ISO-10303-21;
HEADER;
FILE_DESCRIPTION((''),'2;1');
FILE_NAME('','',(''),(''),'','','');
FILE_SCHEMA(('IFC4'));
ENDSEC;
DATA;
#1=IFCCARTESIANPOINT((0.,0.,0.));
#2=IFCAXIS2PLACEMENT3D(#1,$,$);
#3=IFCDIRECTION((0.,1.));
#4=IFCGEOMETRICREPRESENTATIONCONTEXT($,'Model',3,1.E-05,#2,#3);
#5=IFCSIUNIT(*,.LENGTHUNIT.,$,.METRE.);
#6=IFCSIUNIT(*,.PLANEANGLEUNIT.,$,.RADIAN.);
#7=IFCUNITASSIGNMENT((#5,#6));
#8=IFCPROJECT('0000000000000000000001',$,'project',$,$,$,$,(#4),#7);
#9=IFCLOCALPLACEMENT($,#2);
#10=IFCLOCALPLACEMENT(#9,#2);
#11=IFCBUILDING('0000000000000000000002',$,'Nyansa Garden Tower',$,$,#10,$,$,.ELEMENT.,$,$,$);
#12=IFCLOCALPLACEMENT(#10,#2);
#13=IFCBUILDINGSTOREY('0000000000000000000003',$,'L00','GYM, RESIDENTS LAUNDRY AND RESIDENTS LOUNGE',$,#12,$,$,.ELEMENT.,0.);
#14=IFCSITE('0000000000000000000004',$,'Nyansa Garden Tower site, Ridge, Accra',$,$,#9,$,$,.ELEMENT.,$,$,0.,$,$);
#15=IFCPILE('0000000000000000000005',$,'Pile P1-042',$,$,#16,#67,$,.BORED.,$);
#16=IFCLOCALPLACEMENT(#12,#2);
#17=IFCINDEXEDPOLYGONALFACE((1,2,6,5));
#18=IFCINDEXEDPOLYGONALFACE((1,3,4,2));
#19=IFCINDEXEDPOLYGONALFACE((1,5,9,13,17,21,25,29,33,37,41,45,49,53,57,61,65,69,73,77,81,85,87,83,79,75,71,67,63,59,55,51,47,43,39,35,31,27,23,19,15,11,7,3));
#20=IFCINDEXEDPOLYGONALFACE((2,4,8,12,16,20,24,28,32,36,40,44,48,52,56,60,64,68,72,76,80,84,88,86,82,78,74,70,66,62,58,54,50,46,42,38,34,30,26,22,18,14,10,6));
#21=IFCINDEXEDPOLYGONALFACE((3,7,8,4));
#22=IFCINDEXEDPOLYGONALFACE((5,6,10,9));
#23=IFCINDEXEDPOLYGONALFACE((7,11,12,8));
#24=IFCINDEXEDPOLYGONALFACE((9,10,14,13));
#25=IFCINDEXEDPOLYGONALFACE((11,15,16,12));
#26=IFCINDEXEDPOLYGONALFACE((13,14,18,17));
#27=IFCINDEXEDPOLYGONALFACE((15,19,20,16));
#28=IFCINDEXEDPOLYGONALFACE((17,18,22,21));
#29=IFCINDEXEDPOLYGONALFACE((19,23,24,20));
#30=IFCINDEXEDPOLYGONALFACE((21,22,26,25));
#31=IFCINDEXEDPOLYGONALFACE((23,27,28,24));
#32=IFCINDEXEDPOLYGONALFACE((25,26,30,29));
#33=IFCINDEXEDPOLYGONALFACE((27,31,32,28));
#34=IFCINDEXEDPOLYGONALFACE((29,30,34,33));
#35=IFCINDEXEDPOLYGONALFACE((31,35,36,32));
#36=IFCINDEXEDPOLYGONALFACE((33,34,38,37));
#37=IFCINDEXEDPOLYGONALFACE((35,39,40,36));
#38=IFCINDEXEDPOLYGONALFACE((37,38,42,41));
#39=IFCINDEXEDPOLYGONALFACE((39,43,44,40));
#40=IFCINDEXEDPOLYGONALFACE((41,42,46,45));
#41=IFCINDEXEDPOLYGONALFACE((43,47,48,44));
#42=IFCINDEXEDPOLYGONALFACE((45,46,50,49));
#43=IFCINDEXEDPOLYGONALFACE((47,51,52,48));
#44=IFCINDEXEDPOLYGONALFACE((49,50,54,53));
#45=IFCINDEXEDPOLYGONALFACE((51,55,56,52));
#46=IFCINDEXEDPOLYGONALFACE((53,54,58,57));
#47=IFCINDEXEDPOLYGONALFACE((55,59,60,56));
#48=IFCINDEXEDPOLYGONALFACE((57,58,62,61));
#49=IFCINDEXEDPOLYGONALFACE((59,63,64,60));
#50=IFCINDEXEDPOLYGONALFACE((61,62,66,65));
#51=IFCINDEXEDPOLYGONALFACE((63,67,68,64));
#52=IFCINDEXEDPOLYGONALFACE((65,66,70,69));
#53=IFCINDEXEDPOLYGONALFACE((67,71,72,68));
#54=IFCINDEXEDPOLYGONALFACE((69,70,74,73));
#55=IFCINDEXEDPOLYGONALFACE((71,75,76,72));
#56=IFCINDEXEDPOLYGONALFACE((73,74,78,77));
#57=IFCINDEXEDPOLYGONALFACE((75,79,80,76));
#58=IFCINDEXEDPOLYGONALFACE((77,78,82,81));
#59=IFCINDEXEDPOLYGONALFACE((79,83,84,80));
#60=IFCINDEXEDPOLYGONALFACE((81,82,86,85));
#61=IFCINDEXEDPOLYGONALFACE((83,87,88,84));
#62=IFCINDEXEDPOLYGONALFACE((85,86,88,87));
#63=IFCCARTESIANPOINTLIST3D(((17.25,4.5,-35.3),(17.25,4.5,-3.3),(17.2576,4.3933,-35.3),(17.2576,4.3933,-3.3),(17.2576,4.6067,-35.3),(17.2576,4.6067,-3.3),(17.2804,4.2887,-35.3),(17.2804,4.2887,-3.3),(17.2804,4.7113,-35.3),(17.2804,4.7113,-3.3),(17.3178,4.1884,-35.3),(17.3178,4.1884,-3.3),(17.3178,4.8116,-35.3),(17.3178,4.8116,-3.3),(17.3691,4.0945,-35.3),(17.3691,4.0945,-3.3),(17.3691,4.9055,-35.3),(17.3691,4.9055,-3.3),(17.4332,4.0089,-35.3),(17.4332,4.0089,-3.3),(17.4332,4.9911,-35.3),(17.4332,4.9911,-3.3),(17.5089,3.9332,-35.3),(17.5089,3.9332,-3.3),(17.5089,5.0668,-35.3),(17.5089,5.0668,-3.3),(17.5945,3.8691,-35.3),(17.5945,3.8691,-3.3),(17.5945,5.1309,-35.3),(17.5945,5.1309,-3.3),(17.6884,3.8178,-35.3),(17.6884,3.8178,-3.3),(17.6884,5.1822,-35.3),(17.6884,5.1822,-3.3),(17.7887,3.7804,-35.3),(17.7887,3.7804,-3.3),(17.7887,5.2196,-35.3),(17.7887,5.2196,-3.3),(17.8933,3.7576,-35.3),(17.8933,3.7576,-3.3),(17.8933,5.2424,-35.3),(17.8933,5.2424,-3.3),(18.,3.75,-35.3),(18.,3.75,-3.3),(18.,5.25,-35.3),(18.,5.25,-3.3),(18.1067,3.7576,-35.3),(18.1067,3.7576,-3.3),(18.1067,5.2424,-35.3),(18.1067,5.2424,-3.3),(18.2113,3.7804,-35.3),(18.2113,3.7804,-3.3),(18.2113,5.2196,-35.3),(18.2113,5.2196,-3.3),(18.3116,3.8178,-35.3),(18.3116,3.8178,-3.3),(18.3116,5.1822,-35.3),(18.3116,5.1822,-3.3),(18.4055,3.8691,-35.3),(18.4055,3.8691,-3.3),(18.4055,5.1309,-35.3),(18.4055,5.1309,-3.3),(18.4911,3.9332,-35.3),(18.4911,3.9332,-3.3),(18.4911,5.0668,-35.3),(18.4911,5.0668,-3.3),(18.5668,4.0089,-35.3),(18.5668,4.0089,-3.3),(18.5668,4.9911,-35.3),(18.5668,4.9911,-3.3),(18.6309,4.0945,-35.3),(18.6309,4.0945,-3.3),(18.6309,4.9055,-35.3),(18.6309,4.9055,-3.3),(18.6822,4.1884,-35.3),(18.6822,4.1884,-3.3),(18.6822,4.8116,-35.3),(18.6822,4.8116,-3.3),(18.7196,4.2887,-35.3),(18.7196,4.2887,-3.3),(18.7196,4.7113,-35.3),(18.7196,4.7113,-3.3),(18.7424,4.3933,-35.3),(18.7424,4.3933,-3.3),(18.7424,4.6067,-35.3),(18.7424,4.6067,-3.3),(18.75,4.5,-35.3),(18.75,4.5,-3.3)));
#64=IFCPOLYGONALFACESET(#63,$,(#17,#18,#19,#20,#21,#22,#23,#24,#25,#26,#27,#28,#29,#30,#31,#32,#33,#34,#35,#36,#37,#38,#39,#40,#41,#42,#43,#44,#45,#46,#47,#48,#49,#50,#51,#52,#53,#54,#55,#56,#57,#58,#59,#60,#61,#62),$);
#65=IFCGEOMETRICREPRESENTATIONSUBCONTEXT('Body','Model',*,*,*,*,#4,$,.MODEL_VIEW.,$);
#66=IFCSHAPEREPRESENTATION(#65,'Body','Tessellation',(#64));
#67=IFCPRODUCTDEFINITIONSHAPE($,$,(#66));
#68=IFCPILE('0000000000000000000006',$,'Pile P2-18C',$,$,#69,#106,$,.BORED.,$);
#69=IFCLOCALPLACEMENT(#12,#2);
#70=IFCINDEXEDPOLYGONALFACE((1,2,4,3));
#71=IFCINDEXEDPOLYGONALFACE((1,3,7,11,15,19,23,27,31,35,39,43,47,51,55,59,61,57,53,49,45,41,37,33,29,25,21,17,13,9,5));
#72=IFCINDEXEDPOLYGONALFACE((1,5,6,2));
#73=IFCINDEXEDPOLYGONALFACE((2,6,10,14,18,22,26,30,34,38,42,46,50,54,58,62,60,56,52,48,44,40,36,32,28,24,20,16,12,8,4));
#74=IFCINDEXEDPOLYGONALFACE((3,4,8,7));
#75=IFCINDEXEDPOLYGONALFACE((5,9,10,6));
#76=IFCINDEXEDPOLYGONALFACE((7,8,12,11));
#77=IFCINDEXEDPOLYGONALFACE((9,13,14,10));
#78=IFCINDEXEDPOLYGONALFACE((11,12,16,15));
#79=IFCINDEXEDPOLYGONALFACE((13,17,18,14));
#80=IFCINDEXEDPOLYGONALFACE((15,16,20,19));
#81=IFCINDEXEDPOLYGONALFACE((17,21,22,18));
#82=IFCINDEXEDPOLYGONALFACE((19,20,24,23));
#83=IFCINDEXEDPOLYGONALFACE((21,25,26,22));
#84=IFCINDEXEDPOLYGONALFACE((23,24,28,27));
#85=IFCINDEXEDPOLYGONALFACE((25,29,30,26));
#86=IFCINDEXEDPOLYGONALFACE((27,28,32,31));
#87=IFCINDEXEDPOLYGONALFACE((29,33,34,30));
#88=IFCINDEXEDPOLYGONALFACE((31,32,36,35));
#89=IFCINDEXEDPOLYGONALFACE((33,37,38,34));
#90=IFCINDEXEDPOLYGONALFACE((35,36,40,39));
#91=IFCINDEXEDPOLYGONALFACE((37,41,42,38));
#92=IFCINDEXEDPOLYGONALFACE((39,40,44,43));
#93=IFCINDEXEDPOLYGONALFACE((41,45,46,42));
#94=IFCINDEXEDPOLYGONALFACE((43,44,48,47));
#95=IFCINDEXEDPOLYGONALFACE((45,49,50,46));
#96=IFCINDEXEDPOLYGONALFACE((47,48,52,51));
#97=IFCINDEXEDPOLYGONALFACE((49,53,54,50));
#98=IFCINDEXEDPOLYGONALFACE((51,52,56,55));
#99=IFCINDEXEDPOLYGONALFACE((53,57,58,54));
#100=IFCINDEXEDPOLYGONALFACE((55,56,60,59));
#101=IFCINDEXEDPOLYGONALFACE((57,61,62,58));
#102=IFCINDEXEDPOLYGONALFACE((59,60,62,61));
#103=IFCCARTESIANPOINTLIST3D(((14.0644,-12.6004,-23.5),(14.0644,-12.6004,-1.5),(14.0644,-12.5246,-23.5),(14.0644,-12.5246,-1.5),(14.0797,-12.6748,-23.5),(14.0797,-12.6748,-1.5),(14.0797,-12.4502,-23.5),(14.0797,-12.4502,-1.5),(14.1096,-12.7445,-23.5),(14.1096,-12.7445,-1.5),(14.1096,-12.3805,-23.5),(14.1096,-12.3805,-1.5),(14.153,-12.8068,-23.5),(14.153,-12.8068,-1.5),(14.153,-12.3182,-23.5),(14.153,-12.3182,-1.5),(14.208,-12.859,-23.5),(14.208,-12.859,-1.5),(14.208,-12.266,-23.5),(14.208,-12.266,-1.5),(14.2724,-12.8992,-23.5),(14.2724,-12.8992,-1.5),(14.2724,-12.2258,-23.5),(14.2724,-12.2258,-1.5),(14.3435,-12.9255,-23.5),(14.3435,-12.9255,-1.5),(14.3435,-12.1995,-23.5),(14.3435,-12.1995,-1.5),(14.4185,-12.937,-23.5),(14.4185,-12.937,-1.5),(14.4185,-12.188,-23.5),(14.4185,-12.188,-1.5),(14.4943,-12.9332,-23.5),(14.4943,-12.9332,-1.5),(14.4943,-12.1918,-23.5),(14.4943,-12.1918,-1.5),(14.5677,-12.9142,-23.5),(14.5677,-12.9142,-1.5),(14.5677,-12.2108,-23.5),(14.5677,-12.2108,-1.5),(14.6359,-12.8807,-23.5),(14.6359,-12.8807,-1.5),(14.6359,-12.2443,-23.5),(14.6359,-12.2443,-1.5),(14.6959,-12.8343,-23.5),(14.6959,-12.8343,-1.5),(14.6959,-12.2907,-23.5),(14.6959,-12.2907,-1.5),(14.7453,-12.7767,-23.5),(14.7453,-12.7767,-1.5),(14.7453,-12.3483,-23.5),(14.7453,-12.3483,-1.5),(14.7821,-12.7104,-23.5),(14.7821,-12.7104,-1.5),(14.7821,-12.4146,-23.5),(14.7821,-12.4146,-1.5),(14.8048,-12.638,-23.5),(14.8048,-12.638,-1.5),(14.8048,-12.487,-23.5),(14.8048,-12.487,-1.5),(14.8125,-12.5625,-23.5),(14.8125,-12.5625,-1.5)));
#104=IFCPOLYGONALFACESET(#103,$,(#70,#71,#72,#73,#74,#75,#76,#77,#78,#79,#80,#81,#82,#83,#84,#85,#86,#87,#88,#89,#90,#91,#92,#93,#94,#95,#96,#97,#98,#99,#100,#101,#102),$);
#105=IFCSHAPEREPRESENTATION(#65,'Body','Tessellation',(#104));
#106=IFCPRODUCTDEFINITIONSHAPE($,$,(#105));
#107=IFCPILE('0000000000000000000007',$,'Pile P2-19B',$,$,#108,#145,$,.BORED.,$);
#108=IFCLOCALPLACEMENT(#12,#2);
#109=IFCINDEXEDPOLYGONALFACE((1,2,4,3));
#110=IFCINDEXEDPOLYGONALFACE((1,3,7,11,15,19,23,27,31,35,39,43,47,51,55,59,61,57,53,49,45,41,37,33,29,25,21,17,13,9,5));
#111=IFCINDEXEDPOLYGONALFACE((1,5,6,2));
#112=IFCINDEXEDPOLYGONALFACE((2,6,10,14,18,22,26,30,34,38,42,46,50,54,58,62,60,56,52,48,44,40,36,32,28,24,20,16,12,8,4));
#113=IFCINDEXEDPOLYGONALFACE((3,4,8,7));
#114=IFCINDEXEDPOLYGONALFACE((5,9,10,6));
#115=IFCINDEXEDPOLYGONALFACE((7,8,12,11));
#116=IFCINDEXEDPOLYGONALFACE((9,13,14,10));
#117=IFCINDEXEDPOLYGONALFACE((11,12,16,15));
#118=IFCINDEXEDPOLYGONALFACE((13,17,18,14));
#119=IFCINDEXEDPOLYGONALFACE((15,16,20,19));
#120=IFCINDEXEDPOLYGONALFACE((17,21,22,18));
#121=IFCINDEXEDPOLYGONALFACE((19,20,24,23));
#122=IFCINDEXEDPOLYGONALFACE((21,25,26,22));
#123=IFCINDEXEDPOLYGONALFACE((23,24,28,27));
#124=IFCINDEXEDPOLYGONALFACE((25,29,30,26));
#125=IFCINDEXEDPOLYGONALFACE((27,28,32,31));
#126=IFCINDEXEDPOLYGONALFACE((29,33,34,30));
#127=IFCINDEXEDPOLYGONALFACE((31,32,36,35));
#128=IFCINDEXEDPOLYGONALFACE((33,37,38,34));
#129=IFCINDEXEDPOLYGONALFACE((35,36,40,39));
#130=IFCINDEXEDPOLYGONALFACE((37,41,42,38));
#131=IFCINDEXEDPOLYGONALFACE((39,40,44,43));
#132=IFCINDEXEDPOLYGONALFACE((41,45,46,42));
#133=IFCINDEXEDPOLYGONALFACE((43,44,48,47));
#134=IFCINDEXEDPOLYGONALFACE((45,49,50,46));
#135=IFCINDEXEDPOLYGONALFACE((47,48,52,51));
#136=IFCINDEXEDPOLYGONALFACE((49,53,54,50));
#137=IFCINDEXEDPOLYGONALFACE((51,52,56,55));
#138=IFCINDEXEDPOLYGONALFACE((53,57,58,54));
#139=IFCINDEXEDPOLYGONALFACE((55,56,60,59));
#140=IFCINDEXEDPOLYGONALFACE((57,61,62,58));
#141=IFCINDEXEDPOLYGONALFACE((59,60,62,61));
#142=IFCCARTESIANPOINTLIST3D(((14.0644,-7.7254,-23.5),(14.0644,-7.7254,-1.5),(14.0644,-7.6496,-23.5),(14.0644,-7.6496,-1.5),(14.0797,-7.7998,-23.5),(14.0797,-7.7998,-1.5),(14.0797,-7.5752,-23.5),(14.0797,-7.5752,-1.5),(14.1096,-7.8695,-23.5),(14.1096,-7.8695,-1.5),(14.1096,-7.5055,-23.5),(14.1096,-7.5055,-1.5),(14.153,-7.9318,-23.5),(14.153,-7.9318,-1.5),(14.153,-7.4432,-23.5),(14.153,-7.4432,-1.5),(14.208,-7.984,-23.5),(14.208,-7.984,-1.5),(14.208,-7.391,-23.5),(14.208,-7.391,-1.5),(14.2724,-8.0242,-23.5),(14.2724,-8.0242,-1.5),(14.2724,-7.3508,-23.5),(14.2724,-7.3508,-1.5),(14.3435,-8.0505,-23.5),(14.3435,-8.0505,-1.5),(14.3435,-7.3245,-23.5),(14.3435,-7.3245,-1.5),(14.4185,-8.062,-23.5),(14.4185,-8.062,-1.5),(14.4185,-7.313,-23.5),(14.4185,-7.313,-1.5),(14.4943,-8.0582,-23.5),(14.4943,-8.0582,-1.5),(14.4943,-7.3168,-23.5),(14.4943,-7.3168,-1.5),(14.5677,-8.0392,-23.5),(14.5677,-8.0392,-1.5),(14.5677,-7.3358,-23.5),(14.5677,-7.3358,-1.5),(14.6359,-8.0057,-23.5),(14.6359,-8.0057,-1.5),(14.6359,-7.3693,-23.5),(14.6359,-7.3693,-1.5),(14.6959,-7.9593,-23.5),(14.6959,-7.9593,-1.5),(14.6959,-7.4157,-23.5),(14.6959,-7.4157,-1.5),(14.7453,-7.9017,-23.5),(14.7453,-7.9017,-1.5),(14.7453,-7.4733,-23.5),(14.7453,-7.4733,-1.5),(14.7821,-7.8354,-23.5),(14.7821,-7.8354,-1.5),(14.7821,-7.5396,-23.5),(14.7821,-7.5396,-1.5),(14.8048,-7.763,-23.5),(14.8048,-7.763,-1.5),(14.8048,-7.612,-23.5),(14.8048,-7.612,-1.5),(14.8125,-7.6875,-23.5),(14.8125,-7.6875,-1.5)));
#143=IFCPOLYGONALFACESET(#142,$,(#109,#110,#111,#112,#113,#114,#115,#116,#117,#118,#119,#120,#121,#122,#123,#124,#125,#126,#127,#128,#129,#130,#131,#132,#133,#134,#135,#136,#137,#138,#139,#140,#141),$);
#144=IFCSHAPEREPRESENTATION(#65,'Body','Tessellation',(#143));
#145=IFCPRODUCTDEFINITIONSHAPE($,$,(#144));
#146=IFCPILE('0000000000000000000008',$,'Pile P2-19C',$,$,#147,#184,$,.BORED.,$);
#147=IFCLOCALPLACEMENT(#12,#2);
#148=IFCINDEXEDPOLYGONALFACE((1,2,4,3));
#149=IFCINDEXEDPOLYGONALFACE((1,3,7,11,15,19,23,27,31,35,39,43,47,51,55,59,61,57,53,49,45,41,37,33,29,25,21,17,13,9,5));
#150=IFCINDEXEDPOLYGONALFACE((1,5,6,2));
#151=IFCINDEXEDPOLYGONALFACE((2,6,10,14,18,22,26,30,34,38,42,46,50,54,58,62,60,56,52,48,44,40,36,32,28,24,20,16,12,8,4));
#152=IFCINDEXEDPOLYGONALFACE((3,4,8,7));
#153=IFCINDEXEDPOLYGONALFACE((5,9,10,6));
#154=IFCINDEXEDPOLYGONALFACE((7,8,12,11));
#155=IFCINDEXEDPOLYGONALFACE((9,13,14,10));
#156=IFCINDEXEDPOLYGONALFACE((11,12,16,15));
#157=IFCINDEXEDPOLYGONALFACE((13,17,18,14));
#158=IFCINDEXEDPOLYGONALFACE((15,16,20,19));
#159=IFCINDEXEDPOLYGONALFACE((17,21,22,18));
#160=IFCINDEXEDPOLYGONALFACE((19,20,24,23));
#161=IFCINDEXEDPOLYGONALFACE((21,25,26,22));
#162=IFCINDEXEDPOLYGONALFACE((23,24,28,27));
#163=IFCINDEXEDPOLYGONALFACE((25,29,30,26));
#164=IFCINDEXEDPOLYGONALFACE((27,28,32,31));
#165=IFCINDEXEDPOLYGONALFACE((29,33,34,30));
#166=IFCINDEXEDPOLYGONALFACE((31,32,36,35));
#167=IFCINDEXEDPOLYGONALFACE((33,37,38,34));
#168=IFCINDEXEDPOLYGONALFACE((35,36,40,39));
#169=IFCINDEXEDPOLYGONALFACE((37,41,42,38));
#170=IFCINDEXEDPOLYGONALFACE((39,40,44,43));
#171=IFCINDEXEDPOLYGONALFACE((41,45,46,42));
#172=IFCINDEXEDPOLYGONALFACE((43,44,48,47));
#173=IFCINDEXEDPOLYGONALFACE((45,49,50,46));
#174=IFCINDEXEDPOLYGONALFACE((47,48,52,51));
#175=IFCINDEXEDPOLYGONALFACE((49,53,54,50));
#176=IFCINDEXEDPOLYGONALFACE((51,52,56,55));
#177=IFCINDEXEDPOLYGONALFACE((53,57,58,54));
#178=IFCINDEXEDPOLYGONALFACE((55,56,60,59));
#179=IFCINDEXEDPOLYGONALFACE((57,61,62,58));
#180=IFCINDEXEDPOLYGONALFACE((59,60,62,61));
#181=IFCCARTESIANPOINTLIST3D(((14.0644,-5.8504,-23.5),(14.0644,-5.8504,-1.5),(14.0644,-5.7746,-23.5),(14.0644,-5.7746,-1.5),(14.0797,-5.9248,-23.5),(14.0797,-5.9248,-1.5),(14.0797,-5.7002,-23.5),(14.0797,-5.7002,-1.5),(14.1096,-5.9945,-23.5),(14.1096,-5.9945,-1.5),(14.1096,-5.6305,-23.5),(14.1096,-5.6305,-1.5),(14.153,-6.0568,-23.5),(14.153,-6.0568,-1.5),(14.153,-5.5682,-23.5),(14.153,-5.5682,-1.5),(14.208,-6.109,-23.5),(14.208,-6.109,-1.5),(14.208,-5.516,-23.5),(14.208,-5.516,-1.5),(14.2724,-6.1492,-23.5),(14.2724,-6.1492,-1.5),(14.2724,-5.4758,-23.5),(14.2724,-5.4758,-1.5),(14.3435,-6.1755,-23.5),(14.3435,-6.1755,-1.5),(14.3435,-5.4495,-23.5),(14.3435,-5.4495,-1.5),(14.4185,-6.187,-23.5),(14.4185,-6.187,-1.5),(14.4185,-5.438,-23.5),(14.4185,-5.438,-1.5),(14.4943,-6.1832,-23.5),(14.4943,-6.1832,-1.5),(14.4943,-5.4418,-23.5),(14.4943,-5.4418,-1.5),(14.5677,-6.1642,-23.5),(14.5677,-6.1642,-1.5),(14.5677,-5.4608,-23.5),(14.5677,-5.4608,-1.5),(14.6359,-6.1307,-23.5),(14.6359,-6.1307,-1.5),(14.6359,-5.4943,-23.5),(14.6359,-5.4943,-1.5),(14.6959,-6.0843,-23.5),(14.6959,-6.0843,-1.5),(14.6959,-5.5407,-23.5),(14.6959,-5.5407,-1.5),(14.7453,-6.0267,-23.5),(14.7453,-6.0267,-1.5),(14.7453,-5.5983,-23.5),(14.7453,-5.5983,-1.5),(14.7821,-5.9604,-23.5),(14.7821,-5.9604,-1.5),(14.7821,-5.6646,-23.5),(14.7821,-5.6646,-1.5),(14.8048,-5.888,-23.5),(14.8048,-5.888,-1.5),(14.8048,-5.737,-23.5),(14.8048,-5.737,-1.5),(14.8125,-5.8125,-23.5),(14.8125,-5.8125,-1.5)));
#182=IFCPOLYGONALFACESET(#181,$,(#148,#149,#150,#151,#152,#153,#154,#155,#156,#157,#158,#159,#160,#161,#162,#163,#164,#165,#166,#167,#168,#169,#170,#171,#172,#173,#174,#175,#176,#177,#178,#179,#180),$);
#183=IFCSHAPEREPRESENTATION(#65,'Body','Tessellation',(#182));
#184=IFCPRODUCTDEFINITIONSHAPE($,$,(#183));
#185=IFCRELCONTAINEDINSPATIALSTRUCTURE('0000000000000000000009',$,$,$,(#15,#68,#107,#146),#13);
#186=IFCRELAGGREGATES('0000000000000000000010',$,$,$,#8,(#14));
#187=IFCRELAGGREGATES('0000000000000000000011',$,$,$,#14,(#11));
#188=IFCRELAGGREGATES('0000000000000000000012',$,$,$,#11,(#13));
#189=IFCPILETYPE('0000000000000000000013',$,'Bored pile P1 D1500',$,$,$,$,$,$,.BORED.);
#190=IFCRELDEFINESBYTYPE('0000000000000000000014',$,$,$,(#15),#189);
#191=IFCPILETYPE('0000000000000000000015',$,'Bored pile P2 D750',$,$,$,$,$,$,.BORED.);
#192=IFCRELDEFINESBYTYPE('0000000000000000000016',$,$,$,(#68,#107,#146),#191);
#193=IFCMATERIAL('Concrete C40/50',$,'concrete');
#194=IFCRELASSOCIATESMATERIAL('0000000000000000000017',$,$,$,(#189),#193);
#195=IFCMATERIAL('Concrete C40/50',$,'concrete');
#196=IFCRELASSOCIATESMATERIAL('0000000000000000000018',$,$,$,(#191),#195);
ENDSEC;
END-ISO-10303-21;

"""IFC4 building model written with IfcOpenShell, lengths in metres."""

from ifc_helpers import new_model, si_unit, direction, frame, origin, origin_2d, place, context, subcontext, project, spatial, circle, extrude, material, type_object, element, save


model = new_model("IFC4")

# Units and contexts
model_context = context("Model", 3, precision=1e-05, world=origin(), true_north=direction((0.0, 1.0)))
body_context = subcontext(model_context, "Body", "Model", "MODEL_VIEW")
ifc_project = project(units=[si_unit("LENGTHUNIT", "METRE"), si_unit("PLANEANGLEUNIT", "RADIAN")], contexts=[model_context])

# Site, building, storey
site_placement = place(None, origin())
site = spatial("IfcSite", under=ifc_project, at=site_placement, Name="Nyansa Garden Tower site, Ridge, Accra", CompositionType="ELEMENT", RefElevation=0.0)
building_placement = place(site_placement, origin())
building = spatial("IfcBuilding", under=site, at=building_placement, Name="Nyansa Garden Tower", CompositionType="ELEMENT")
storey_placement = place(building_placement, origin())
storey = spatial("IfcBuildingStorey", under=building, at=storey_placement, Name="L00", Description="GYM, RESIDENTS LAUNDRY AND RESIDENTS LOUNGE", CompositionType="ELEMENT", Elevation=0.0)

# Piles
ifc_material_1 = material(Name="Concrete C40/50", Category="concrete")
pile_type_1 = type_object("IfcPileType", Name="Bored pile P1 D1500", PredefinedType="BORED", material=ifc_material_1)
for number, where, z_axis, x_axis, name in (
    (1, (18.0, 4.5, -3.3), (0.0, 0.0, -1.0), (1.0, 0.0, 0.0), "Pile P1-042"),
):
    element("IfcPile", number, at=place(storey_placement, frame(where, z_axis=z_axis, x_axis=x_axis)), inside=storey, type_object=pile_type_1, Name=name, PredefinedType="BORED", context=body_context, shape_type="SweptSolid", body=[
        extrude(circle(Radius=0.75, at=origin_2d()), origin(), (0.0, 0.0, 1.0), 32.0),
    ])
ifc_material_2 = material(Name="Concrete C40/50", Category="concrete")
pile_type_2 = type_object("IfcPileType", Name="Bored pile P2 D750", PredefinedType="BORED", material=ifc_material_2)
for number, where, z_axis, x_axis, name in (
    (2, (14.4375, -12.5625, -1.5), (0.0, 0.0, -1.0), (1.0, 0.0, 0.0), "Pile P2-18C"),
    (3, (14.4375, -7.6875, -1.5), (0.0, 0.0, -1.0), (1.0, 0.0, 0.0), "Pile P2-19B"),
    (4, (14.4375, -5.8125, -1.5), (0.0, 0.0, -1.0), (1.0, 0.0, 0.0), "Pile P2-19C"),
):
    element("IfcPile", number, at=place(storey_placement, frame(where, z_axis=z_axis, x_axis=x_axis)), inside=storey, type_object=pile_type_2, Name=name, PredefinedType="BORED", context=body_context, shape_type="SweptSolid", body=[
        extrude(circle(Radius=0.375, at=origin_2d()), origin(), (0.0, 0.0, 1.0), 22.0),
    ])

save(model, "model.ifc")
